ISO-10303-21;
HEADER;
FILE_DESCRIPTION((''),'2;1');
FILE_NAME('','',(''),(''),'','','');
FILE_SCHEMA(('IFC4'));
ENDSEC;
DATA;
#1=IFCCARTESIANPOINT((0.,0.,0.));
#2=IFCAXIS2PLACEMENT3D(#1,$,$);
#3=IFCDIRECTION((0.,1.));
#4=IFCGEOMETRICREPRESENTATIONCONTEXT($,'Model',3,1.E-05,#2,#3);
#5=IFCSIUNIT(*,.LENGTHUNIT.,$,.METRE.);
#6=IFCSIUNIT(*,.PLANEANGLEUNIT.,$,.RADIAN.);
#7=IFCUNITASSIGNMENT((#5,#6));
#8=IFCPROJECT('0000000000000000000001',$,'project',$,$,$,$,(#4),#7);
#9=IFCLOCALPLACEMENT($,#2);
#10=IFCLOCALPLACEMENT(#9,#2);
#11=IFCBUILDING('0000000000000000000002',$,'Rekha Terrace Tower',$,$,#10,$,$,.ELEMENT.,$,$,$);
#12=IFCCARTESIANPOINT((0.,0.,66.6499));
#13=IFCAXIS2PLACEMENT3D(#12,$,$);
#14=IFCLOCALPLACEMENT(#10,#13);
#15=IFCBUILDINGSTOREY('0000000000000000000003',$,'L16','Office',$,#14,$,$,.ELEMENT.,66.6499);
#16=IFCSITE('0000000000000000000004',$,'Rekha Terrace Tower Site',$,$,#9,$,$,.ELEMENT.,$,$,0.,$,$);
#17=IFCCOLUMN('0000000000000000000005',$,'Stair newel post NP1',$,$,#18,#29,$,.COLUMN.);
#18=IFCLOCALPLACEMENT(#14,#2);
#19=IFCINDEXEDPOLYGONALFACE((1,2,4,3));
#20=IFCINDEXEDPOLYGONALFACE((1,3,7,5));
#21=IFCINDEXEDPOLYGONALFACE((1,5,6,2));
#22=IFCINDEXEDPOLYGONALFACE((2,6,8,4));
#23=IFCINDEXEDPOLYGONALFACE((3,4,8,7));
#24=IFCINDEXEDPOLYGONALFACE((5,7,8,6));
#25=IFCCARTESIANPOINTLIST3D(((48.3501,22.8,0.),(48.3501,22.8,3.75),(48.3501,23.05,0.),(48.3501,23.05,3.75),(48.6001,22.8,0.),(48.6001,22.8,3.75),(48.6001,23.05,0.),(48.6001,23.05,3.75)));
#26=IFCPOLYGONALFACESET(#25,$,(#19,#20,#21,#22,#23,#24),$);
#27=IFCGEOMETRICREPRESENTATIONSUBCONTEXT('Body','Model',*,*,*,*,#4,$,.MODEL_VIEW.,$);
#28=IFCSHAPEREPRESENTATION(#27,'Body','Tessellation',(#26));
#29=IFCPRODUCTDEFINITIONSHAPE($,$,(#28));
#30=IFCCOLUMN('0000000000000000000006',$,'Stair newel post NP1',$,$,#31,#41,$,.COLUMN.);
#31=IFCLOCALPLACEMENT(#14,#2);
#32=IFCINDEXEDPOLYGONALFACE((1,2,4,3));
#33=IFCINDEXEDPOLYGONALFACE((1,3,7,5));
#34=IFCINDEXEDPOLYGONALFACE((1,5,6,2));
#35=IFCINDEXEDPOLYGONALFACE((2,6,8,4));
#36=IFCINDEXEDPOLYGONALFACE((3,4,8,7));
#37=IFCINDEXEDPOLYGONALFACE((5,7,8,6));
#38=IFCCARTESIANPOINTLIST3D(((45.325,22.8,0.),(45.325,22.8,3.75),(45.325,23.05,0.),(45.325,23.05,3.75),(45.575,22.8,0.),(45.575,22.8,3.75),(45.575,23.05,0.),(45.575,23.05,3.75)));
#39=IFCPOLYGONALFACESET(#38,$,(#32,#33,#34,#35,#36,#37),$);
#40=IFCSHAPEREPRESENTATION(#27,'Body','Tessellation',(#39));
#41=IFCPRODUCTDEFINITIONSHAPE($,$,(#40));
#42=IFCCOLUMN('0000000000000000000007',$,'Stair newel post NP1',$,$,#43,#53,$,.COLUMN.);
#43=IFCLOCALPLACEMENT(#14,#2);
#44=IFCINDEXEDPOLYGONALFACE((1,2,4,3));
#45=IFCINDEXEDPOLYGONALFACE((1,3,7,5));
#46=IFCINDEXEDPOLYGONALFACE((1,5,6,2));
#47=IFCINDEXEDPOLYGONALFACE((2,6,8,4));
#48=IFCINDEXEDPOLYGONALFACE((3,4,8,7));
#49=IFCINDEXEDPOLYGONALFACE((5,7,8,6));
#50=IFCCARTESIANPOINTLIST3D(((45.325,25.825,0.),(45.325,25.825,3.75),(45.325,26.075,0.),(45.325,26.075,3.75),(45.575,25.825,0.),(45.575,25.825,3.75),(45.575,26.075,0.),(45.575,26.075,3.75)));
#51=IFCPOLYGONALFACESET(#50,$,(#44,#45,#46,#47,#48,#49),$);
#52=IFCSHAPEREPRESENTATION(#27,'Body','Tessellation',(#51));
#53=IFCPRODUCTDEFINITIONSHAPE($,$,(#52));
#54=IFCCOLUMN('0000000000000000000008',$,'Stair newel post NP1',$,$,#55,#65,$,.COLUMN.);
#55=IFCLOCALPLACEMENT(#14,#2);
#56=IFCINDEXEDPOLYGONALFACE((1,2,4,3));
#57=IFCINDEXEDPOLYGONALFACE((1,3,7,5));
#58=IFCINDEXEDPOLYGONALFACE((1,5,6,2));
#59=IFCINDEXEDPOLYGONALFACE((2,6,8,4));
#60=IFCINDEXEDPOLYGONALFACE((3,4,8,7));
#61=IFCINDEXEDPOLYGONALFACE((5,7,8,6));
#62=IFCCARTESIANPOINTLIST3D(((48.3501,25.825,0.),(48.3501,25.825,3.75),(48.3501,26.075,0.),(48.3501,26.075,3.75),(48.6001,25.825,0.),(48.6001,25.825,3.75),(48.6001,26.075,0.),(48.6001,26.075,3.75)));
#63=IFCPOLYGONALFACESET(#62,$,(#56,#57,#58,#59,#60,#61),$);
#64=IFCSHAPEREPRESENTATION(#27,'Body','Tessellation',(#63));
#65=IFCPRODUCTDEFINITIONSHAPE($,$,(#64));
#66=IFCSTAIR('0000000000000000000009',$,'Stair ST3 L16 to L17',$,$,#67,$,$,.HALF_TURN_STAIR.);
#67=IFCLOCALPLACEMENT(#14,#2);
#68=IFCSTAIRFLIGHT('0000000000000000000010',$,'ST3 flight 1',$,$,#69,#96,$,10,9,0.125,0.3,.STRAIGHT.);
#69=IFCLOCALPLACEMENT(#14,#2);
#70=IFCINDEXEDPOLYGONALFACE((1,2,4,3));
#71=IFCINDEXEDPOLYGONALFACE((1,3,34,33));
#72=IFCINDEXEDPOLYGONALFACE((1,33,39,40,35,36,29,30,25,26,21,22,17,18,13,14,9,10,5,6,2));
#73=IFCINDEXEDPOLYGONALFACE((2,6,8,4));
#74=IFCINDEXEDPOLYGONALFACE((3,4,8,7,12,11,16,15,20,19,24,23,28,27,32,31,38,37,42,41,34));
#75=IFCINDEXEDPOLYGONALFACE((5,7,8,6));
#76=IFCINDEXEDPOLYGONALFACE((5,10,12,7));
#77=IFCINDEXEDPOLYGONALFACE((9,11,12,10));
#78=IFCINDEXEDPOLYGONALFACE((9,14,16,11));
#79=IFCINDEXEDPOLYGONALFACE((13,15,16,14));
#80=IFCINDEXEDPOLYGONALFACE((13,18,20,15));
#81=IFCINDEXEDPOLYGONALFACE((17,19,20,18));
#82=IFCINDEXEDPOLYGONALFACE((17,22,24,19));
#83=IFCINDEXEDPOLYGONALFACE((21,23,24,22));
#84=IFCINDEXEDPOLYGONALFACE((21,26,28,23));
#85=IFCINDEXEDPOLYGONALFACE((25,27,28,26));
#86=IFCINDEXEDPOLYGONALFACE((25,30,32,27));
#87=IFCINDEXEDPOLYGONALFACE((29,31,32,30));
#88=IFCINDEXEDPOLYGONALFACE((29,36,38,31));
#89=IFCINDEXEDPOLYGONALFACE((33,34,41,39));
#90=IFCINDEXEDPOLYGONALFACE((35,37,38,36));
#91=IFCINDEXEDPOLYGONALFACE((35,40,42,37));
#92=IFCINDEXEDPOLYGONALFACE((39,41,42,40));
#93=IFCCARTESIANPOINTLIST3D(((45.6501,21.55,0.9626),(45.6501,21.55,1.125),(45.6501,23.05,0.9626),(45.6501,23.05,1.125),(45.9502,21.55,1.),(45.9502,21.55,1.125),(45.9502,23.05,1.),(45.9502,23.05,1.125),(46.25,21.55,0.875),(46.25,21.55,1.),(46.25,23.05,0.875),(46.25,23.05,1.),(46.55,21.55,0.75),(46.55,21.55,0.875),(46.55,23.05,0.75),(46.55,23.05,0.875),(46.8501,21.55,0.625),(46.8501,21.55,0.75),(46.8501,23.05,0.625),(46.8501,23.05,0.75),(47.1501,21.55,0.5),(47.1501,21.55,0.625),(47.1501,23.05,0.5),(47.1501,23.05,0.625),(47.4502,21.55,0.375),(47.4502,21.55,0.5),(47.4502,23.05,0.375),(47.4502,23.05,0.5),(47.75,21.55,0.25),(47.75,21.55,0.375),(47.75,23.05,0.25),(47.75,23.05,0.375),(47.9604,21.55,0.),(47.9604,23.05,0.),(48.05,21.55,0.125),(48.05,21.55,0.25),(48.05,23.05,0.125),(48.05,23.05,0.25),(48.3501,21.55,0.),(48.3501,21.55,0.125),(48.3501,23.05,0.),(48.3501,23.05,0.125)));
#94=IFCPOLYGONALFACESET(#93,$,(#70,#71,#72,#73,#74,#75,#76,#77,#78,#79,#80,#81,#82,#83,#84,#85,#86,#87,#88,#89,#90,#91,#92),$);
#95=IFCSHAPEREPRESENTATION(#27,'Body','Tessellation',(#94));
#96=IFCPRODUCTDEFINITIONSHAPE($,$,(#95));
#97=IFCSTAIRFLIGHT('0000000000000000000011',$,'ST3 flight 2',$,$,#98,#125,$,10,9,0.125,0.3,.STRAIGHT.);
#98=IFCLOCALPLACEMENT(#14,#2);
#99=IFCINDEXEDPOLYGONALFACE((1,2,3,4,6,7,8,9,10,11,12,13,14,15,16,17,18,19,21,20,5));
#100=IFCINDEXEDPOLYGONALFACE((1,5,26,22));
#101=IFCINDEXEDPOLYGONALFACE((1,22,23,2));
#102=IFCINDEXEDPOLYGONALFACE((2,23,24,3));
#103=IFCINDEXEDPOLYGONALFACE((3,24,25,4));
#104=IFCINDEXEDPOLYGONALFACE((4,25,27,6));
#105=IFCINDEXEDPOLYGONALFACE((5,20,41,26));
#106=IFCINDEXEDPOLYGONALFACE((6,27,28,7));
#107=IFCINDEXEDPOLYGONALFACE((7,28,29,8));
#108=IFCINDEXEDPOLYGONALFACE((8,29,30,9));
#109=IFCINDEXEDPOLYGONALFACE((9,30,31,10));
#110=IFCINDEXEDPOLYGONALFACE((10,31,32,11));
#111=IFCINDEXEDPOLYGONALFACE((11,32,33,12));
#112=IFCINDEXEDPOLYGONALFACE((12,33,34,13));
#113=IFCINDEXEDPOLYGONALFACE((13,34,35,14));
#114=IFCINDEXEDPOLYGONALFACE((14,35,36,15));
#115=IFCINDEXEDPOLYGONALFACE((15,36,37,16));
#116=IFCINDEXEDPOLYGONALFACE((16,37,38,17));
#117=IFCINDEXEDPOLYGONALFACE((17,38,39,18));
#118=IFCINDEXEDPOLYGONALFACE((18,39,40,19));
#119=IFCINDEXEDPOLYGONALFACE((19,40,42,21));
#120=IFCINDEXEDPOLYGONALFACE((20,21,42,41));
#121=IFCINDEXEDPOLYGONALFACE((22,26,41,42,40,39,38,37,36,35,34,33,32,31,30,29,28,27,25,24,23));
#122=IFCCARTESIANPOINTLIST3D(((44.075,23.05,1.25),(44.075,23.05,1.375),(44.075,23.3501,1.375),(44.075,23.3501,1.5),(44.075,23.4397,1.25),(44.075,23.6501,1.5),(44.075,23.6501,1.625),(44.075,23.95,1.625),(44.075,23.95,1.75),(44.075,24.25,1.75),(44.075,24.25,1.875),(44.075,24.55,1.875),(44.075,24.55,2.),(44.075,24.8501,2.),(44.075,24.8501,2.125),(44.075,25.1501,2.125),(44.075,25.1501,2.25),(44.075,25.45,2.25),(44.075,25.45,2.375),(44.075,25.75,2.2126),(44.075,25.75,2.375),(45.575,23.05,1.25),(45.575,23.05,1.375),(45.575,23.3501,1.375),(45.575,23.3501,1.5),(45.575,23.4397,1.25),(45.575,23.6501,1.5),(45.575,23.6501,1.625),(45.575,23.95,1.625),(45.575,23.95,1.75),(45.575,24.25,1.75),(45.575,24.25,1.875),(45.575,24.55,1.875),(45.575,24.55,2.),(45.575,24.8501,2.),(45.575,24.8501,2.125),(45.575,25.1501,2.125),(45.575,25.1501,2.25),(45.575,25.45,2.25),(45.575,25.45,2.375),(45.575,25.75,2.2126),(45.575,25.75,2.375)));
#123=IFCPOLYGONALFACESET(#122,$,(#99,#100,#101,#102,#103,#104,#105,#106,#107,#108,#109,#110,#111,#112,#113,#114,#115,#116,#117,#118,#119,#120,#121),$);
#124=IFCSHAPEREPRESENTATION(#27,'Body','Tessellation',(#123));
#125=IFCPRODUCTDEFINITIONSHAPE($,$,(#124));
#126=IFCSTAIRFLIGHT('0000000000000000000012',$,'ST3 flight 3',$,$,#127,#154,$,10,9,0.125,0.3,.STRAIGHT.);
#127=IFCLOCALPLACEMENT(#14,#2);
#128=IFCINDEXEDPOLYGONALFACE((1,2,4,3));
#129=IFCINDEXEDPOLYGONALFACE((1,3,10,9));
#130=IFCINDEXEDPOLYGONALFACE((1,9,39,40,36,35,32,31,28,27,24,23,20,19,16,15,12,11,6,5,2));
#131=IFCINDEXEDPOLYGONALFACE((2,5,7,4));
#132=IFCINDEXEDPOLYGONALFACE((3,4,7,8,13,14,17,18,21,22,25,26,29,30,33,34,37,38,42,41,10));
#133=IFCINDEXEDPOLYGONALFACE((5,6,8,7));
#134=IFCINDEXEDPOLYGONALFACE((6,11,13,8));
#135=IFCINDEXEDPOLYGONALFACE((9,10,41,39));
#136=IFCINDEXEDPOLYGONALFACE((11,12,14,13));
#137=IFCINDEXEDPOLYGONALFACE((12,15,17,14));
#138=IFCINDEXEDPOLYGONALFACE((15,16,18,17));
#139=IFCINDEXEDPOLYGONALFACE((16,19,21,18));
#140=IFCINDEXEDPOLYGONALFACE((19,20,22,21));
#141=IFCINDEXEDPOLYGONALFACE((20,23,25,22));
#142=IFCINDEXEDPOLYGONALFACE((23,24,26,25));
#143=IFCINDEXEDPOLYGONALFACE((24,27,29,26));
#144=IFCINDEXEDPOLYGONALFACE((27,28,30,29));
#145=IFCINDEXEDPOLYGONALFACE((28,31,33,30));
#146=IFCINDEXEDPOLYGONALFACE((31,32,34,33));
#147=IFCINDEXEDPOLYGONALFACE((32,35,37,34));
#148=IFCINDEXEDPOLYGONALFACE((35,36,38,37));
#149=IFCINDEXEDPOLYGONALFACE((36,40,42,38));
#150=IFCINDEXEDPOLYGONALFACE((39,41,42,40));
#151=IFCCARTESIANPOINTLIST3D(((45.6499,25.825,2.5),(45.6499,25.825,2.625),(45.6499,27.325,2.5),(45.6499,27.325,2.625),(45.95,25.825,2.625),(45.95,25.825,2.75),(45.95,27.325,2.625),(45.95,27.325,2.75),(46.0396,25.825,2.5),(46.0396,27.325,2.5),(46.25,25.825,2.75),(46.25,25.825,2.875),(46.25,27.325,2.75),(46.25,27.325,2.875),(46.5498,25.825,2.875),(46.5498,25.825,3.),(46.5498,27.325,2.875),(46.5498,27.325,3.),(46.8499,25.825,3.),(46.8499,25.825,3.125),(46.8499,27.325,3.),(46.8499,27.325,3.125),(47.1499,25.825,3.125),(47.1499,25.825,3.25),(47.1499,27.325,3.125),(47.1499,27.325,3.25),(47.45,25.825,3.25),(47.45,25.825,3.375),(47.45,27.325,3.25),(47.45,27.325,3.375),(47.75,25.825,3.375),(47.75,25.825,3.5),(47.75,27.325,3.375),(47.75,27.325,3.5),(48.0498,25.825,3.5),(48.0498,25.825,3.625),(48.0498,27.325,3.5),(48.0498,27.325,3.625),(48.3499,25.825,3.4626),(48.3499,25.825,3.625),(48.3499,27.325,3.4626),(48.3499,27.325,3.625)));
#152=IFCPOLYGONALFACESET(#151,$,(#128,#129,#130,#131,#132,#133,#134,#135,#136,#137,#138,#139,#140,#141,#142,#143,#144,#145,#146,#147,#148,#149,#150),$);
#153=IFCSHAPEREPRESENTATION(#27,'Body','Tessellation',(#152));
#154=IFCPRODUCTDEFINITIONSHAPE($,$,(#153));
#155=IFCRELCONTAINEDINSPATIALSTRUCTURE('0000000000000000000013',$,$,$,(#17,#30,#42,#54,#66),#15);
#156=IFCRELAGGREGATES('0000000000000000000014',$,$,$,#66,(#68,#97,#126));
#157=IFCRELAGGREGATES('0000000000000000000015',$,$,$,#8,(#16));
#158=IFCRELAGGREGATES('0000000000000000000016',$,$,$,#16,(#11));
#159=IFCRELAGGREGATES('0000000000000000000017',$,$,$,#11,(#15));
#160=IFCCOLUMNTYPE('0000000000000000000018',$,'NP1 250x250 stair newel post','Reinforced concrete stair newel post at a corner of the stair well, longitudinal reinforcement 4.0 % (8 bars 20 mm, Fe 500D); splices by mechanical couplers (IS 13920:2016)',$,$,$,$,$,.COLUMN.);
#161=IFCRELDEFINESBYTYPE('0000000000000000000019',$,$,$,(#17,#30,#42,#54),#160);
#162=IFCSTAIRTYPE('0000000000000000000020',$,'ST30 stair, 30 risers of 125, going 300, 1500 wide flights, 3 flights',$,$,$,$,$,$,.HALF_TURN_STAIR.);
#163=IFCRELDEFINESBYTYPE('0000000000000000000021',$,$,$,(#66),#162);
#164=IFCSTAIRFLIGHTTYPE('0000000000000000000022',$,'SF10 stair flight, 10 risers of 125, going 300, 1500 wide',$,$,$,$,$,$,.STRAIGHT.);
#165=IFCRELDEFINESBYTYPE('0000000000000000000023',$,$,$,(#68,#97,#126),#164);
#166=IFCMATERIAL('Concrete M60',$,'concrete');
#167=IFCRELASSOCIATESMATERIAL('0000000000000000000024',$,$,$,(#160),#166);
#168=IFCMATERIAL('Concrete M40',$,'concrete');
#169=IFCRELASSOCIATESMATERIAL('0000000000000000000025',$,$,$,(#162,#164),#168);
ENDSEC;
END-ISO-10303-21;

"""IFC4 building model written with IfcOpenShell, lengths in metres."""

from ifc_helpers import new_model, si_unit, direction, frame, origin, origin_2d, place, context, subcontext, project, spatial, polyline, rectangle, outline, extrude, material, material_profile, profile_set, type_object, element, aggregate, save


model = new_model("IFC4")

# Units and contexts
model_context = context("Model", 3, precision=1e-05, world=origin(), true_north=direction((0.0, 1.0)))
body_context = subcontext(model_context, "Body", "Model", "MODEL_VIEW")
ifc_project = project(units=[si_unit("LENGTHUNIT", "METRE"), si_unit("PLANEANGLEUNIT", "RADIAN")], contexts=[model_context])

# Site, building, storey
site_placement = place(None, origin())
site = spatial("IfcSite", under=ifc_project, at=site_placement, Name="Rekha Terrace Tower Site", CompositionType="ELEMENT", RefElevation=0.0)
building_placement = place(site_placement, origin())
building = spatial("IfcBuilding", under=site, at=building_placement, Name="Rekha Terrace Tower", CompositionType="ELEMENT")
storey_placement = place(building_placement, frame((0.0, 0.0, 66.6499)))
storey = spatial("IfcBuildingStorey", under=building, at=storey_placement, Name="L16", Description="Office", CompositionType="ELEMENT", Elevation=66.6499)

# Columns
ifc_material_1 = material(Name="Concrete M60", Category="concrete")
ifc_material_profile = material_profile(ifc_material_1, rectangle(XDim=0.25, YDim=0.25, at=origin_2d()), Name="RC 250x250")
ifc_profile_set = profile_set([ifc_material_profile], Name="Concrete M60")
column_type = type_object("IfcColumnType", Name="NP1 250x250 stair newel post", Description="Reinforced concrete stair newel post at a corner of the stair well, longitudinal reinforcement 4.0 % (8 bars 20 mm, Fe 500D); splices by mechanical couplers (IS 13920:2016)", PredefinedType="COLUMN", material=ifc_profile_set)
for number, where, z_axis, x_axis, name in (
    (1, (48.4751, 22.925, 0.0), (0.0, 0.0, 1.0), (1.0, 0.0, 0.0), "Stair newel post NP1"),
    (2, (45.45, 22.925, 0.0), (0.0, 0.0, 1.0), (1.0, 0.0, 0.0), "Stair newel post NP1"),
    (3, (45.45, 25.95, 0.0), (0.0, 0.0, 1.0), (1.0, 0.0, 0.0), "Stair newel post NP1"),
    (4, (48.4751, 25.95, 0.0), (0.0, 0.0, 1.0), (1.0, 0.0, 0.0), "Stair newel post NP1"),
):
    element("IfcColumn", number, at=place(storey_placement, frame(where, z_axis=z_axis, x_axis=x_axis)), inside=storey, type_object=column_type, Name=name, PredefinedType="COLUMN", context=body_context, shape_type="SweptSolid", body=[
        extrude(rectangle(XDim=0.25, YDim=0.25, at=origin_2d()), origin(), (0.0, 0.0, 1.0), 3.75),
    ])

# Stair, stair flights
ifc_material_2 = material(Name="Concrete M40", Category="concrete")
stair_type = type_object("IfcStairType", Name="ST30 stair, 30 risers of 125, going 300, 1500 wide flights, 3 flights", PredefinedType="HALF_TURN_STAIR", material=ifc_material_2)
stair_placement = place(storey_placement, origin())
stair = element("IfcStair", 5, at=stair_placement, inside=storey, type_object=stair_type, Name="Stair ST3 L16 to L17", PredefinedType="HALF_TURN_STAIR")
stair_flight_type = type_object("IfcStairFlightType", Name="SF10 stair flight, 10 risers of 125, going 300, 1500 wide", PredefinedType="STRAIGHT", material=ifc_material_2)
stair_flight_1_placement = place(storey_placement, frame((48.3501, 22.3, 0.0), z_axis=(0.0, 0.0, 1.0), x_axis=(-1.0, 0.0, 0.0)))
stair_flight_1 = element("IfcStairFlight", 6, at=stair_flight_1_placement, type_object=stair_flight_type, Name="ST3 flight 1", NumberOfRisers=10, NumberOfTreads=9, PredefinedType="STRAIGHT", RiserHeight=0.125, TreadLength=0.3, context=body_context, shape_type="SweptSolid", body=[
    extrude(outline(polyline([(0.0, 0.0), (0.0, 0.125), (0.3, 0.125), (0.3, 0.25), (0.6001, 0.25), (0.6001, 0.375), (0.8999, 0.375), (0.8999, 0.5), (1.2, 0.5), (1.2, 0.625), (1.5, 0.625), (1.5, 0.75), (1.8, 0.75), (1.8, 0.875), (2.1001, 0.875), (2.1001, 1.0), (2.3999, 1.0), (2.3999, 1.125), (2.7, 1.125), (2.7, 1.25), (2.7, 0.9626), (0.3896, 0.0), (0.0, 0.0)])), frame((0.0, 0.75, 0.0), z_axis=(0.0, -1.0, 0.0), x_axis=(1.0, 0.0, 0.0)), (0.0, 0.0, 1.0), 1.5),
])
stair_flight_2_placement = place(storey_placement, frame((44.825, 23.05, 1.25), z_axis=(0.0, 0.0, 1.0), x_axis=(0.0, 1.0, 0.0)))
stair_flight_2 = element("IfcStairFlight", 7, at=stair_flight_2_placement, type_object=stair_flight_type, Name="ST3 flight 2", NumberOfRisers=10, NumberOfTreads=9, PredefinedType="STRAIGHT", RiserHeight=0.125, TreadLength=0.3, context=body_context, shape_type="SweptSolid", body=[
    extrude(outline(polyline([(0.0, 0.0), (0.0, 0.125), (0.3, 0.125), (0.3, 0.25), (0.6001, 0.25), (0.6001, 0.375), (0.8999, 0.375), (0.8999, 0.5), (1.2, 0.5), (1.2, 0.625), (1.5, 0.625), (1.5, 0.75), (1.8, 0.75), (1.8, 0.875), (2.1001, 0.875), (2.1001, 1.0), (2.3999, 1.0), (2.3999, 1.125), (2.7, 1.125), (2.7, 1.25), (2.7, 0.9626), (0.3896, 0.0), (0.0, 0.0)])), frame((0.0, 0.75, 0.0), z_axis=(0.0, -1.0, 0.0), x_axis=(1.0, 0.0, 0.0)), (0.0, 0.0, 1.0), 1.5),
])
stair_flight_3_placement = place(storey_placement, frame((45.6499, 26.575, 2.5), z_axis=(0.0, 0.0, 1.0), x_axis=(1.0, 0.0, 0.0)))
stair_flight_3 = element("IfcStairFlight", 8, at=stair_flight_3_placement, type_object=stair_flight_type, Name="ST3 flight 3", NumberOfRisers=10, NumberOfTreads=9, PredefinedType="STRAIGHT", RiserHeight=0.125, TreadLength=0.3, context=body_context, shape_type="SweptSolid", body=[
    extrude(outline(polyline([(0.0, 0.0), (0.0, 0.125), (0.3, 0.125), (0.3, 0.25), (0.6001, 0.25), (0.6001, 0.375), (0.8999, 0.375), (0.8999, 0.5), (1.2, 0.5), (1.2, 0.625), (1.5, 0.625), (1.5, 0.75), (1.8, 0.75), (1.8, 0.875), (2.1001, 0.875), (2.1001, 1.0), (2.3999, 1.0), (2.3999, 1.125), (2.7, 1.125), (2.7, 1.25), (2.7, 0.9626), (0.3896, 0.0), (0.0, 0.0)])), frame((0.0, 0.75, 0.0), z_axis=(0.0, -1.0, 0.0), x_axis=(1.0, 0.0, 0.0)), (0.0, 0.0, 1.0), 1.5),
])
aggregate(stair, [stair_flight_1, stair_flight_2, stair_flight_3])

save(model, "model.ifc")
